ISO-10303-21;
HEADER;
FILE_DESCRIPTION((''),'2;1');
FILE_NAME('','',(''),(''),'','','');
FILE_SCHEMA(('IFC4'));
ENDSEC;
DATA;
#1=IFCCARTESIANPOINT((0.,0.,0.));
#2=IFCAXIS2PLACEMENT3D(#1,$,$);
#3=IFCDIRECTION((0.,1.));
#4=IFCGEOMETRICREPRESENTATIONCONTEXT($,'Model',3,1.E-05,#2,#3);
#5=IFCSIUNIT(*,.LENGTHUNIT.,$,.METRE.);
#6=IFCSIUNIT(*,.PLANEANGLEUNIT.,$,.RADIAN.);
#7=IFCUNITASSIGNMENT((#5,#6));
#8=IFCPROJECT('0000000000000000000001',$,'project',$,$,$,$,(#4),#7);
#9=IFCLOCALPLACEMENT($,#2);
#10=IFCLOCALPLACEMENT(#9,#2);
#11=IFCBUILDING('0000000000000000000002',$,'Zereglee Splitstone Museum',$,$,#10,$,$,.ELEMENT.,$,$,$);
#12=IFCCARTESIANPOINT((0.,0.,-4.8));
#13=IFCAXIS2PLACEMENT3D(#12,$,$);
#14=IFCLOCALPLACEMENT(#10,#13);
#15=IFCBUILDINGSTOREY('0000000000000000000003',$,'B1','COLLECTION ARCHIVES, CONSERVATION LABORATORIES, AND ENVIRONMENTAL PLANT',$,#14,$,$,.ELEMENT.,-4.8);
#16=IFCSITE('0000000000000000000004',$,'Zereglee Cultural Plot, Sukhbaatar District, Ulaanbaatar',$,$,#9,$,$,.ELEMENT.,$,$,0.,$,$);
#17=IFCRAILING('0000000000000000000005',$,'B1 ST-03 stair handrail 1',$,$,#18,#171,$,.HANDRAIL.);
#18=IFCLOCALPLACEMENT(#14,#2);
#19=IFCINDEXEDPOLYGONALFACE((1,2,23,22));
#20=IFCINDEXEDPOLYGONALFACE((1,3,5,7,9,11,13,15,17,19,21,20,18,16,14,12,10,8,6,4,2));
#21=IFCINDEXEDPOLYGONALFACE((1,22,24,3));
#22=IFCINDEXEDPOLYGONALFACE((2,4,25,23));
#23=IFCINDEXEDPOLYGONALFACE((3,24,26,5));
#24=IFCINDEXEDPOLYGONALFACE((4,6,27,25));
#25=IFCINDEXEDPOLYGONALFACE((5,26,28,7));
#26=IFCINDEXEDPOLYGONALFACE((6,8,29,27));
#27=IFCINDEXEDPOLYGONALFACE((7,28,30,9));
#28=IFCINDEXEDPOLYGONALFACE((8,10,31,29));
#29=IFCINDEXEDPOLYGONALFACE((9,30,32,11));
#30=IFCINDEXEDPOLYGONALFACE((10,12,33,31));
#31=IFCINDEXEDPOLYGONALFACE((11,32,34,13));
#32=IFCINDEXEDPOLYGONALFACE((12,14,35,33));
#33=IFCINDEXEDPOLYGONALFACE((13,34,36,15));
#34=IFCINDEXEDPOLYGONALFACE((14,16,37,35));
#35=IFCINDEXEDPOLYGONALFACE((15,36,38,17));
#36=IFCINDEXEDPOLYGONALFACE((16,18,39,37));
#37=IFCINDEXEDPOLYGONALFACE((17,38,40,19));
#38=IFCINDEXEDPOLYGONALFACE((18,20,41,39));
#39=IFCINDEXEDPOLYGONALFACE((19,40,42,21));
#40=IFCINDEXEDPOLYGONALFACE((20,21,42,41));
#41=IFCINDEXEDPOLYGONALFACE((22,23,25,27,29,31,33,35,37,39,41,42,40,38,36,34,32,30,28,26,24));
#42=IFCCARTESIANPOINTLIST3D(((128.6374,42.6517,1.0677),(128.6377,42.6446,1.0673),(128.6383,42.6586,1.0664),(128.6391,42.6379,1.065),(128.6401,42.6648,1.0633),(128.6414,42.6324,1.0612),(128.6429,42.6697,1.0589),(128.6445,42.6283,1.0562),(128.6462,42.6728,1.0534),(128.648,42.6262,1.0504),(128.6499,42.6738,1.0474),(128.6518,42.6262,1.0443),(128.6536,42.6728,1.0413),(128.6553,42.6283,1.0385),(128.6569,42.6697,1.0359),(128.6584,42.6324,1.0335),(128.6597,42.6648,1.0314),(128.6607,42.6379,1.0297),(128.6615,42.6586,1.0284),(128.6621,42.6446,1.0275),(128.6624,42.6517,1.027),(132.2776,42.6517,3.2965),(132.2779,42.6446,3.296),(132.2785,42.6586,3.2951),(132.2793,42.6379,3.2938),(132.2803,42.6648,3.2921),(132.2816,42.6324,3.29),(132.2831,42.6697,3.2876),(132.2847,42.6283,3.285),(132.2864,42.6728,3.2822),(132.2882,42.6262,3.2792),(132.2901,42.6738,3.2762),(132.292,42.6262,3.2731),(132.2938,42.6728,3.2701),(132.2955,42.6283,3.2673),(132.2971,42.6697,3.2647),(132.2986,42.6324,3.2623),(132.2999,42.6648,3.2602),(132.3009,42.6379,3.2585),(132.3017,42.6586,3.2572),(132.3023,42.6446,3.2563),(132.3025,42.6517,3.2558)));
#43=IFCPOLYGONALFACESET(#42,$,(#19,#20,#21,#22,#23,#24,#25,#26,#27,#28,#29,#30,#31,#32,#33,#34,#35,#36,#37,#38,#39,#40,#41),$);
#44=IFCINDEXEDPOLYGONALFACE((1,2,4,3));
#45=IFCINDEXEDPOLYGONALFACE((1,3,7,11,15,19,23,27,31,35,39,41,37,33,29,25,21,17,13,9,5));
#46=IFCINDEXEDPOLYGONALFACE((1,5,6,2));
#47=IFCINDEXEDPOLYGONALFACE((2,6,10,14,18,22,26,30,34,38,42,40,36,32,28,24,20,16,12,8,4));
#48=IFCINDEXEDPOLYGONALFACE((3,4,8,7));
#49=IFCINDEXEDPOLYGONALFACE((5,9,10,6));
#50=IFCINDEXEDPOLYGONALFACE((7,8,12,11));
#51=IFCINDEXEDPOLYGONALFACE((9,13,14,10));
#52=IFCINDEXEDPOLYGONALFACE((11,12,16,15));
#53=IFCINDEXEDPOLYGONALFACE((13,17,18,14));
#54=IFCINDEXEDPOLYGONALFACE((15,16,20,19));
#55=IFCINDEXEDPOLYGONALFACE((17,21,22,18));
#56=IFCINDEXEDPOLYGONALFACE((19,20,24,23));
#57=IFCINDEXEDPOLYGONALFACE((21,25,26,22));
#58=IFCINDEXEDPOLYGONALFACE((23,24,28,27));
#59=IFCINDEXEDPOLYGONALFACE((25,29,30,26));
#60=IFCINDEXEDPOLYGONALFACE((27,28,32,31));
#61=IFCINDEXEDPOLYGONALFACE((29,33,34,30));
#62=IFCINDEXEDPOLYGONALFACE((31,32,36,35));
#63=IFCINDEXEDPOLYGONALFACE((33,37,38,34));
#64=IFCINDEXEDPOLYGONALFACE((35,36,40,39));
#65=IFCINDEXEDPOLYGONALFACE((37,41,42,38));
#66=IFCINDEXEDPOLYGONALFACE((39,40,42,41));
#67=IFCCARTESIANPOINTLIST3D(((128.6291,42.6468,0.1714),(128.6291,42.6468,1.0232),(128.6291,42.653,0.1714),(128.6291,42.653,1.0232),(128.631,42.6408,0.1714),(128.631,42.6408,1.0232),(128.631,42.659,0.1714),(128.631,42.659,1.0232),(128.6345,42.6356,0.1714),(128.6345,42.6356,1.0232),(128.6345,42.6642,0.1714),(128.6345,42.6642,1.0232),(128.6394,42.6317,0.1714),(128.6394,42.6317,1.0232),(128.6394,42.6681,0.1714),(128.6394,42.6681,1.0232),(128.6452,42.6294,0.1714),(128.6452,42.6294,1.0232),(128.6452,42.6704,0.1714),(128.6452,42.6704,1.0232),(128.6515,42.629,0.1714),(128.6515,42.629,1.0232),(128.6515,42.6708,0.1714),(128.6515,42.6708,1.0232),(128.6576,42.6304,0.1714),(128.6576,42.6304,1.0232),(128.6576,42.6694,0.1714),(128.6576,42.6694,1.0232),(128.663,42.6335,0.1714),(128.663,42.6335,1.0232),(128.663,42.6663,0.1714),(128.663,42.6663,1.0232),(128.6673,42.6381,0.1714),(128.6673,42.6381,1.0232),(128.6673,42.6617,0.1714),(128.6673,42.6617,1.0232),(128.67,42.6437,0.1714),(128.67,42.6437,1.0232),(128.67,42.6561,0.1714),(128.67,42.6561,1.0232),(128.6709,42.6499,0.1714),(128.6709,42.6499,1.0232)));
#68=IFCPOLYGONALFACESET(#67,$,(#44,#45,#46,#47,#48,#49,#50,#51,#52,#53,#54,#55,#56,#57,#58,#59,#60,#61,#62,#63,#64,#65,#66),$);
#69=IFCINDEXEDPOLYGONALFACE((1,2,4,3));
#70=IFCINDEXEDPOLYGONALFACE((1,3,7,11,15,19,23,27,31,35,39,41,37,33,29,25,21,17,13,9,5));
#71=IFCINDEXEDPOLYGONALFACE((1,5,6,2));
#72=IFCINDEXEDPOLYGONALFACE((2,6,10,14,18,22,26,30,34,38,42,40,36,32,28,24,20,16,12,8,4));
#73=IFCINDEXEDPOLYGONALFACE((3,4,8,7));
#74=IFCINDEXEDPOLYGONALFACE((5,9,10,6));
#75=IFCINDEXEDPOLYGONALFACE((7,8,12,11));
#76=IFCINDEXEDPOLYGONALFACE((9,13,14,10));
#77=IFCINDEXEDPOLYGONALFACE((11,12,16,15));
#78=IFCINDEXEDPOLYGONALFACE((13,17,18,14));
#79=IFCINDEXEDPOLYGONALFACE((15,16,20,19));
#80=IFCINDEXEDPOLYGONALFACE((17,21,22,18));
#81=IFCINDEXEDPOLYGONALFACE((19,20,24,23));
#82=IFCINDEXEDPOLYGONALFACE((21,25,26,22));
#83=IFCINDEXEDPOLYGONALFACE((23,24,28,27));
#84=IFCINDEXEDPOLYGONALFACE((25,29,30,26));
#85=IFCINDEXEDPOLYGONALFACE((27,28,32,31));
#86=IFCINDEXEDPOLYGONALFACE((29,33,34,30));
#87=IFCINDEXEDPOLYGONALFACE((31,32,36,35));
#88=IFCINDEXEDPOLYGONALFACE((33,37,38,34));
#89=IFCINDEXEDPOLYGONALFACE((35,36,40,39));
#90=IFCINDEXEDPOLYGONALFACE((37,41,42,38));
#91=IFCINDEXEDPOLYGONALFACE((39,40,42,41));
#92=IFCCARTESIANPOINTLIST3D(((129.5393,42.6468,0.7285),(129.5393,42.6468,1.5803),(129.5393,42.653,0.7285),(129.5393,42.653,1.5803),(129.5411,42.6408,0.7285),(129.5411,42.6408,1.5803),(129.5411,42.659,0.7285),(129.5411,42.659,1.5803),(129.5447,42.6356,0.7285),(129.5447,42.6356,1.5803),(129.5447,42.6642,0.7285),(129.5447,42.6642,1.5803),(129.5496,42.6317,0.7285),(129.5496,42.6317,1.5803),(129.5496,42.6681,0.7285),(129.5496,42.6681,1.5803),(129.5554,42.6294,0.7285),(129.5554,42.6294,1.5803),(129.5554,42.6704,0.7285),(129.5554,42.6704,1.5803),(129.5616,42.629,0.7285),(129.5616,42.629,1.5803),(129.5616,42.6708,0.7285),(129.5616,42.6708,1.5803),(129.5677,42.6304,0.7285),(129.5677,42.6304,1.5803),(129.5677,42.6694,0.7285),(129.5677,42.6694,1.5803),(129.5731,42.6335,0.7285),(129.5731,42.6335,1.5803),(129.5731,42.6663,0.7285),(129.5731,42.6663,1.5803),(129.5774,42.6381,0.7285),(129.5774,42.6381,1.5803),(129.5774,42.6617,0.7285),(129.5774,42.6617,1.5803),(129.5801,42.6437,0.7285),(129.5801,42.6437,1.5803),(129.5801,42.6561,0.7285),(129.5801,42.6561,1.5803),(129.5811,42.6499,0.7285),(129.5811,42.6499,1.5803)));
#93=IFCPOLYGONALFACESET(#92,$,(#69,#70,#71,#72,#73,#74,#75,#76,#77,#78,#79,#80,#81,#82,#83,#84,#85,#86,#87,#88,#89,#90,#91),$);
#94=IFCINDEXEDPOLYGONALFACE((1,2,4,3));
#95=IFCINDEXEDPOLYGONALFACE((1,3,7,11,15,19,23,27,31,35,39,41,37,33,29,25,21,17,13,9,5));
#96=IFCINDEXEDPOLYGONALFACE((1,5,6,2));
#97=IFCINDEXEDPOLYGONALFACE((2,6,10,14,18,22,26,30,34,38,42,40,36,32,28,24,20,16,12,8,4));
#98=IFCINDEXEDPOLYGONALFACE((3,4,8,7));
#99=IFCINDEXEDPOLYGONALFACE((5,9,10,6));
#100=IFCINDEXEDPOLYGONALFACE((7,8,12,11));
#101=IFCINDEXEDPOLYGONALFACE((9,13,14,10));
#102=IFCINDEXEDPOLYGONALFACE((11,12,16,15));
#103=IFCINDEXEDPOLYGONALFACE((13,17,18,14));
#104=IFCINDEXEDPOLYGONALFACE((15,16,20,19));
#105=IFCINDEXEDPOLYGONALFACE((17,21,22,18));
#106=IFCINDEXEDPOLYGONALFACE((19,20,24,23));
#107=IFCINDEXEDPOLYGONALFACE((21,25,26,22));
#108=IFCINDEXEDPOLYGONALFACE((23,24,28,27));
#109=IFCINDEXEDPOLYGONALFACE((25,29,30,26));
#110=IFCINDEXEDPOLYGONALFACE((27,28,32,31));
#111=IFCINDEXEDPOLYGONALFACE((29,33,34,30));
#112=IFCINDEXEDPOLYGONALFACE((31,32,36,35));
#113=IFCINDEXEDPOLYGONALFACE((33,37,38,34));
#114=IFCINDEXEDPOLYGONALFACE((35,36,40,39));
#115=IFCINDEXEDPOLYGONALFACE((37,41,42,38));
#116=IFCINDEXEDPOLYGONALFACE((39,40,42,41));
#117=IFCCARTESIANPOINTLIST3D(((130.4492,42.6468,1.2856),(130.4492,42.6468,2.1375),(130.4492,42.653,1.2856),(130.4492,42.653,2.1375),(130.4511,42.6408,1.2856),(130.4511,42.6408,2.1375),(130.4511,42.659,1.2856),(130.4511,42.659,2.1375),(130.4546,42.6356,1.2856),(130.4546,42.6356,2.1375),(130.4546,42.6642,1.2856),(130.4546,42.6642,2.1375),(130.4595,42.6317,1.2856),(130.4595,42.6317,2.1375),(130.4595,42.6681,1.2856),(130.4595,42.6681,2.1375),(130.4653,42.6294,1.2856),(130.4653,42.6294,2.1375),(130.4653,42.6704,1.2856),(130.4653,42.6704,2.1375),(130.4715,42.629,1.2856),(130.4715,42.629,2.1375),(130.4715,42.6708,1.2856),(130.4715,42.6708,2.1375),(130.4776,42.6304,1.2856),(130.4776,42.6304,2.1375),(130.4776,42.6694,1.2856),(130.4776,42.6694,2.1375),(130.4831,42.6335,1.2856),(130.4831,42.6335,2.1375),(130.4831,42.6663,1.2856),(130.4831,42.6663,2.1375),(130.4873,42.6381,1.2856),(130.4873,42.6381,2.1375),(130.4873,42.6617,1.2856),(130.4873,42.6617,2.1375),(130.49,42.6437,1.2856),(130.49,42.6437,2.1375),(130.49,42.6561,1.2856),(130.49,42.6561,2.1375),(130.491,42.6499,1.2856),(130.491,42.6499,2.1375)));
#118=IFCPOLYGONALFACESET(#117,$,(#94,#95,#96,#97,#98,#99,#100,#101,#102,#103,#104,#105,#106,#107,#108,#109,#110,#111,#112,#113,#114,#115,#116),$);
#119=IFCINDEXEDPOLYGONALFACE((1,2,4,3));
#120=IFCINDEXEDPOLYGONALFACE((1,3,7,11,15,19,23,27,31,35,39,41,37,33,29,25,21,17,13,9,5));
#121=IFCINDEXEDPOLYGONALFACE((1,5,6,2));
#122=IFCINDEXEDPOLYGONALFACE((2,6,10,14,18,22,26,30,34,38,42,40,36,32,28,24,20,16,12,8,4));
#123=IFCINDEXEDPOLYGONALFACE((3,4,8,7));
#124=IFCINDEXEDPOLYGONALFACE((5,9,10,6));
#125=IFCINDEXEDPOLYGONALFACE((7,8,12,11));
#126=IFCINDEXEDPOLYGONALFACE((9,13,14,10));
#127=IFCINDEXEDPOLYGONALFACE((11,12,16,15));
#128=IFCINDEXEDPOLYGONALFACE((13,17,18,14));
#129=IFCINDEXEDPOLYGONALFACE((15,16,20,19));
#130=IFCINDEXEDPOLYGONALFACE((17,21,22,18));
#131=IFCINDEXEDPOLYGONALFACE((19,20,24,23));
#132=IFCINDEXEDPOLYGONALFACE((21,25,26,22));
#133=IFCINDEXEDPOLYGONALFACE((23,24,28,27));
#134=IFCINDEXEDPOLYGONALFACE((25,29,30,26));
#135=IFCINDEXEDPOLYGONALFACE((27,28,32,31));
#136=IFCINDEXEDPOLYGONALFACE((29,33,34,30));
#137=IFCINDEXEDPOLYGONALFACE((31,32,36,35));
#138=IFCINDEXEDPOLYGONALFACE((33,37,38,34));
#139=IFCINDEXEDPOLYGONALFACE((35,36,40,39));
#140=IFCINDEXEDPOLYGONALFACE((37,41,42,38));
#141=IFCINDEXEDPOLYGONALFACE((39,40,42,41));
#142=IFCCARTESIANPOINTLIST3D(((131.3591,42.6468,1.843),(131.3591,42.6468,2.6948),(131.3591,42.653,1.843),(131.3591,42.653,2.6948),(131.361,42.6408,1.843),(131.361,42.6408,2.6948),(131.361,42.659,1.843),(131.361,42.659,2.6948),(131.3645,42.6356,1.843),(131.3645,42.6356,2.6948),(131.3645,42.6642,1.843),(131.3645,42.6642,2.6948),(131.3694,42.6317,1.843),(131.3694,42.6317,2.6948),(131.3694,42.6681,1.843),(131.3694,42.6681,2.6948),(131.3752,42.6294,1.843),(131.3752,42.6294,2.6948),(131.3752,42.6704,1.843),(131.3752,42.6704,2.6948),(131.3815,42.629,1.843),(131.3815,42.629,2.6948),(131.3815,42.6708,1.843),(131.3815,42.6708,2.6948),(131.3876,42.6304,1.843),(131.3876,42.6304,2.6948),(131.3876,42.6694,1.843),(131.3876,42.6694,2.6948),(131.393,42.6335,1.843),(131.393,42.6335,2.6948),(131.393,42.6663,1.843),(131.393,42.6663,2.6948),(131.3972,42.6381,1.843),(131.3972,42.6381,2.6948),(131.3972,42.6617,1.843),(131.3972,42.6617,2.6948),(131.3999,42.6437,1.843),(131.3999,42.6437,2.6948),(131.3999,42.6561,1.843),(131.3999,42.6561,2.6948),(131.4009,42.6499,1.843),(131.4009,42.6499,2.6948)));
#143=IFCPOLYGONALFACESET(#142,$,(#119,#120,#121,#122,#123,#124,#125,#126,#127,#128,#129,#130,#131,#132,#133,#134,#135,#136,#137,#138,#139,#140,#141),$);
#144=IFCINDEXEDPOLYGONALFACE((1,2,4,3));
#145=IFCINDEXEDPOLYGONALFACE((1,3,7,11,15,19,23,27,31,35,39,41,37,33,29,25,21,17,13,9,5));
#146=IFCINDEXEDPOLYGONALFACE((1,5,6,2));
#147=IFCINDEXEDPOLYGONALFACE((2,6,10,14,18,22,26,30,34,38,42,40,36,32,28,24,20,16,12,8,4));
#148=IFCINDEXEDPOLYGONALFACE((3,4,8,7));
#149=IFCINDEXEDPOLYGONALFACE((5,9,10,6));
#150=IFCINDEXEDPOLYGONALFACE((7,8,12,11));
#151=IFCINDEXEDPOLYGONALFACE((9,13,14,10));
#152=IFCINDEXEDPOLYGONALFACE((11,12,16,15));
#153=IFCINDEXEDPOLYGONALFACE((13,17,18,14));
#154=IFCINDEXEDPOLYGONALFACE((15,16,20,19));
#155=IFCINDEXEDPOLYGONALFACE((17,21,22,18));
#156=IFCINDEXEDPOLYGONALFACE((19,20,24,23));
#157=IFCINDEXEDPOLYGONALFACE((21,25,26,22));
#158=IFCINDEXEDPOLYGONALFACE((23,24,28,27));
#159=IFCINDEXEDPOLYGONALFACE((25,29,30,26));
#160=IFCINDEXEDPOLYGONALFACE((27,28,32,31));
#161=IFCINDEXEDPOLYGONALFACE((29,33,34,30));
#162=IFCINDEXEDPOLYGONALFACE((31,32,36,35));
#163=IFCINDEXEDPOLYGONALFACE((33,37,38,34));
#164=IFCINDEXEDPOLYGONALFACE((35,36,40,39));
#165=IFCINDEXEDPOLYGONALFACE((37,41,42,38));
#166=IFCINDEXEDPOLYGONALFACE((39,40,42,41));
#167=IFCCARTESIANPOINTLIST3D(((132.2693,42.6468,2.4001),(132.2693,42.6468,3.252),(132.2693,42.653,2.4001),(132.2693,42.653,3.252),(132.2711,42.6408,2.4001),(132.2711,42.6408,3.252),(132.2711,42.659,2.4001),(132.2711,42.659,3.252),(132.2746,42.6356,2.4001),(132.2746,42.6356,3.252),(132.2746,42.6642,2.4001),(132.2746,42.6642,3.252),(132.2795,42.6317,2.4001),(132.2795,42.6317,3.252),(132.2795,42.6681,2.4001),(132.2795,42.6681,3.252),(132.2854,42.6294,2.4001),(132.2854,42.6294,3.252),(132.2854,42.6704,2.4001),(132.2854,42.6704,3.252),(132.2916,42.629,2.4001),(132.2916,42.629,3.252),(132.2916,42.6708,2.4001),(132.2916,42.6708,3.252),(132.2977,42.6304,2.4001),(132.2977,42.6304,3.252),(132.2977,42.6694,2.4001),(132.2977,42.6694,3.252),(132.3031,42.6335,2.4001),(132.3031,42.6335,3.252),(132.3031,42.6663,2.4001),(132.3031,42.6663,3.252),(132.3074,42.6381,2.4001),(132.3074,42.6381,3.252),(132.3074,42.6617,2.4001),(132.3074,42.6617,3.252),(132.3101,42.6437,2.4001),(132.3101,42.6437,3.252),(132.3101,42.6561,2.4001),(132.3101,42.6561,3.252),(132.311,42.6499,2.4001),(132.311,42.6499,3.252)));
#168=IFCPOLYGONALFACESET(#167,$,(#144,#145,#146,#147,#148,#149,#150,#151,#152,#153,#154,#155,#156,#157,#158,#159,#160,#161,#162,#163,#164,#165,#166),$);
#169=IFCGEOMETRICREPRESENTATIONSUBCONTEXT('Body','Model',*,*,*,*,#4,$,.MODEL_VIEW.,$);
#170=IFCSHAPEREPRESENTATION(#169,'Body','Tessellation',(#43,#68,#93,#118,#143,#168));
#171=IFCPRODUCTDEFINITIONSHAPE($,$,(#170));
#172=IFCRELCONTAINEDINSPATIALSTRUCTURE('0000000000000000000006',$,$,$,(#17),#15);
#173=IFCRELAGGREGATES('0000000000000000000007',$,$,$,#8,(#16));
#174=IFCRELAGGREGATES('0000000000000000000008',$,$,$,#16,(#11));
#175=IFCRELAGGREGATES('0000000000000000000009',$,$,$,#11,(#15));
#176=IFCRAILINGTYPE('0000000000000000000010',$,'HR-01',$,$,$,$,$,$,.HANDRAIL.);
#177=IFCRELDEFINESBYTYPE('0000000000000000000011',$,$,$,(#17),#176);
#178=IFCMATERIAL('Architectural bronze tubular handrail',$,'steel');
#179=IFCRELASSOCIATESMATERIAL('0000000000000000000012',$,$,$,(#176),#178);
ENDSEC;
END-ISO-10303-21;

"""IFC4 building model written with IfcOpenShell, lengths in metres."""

from ifc_helpers import new_model, si_unit, direction, frame, origin, origin_2d, place, context, subcontext, project, spatial, circle, extrude, material, type_object, element, save


model = new_model("IFC4")

# Units and contexts
model_context = context("Model", 3, precision=1e-05, world=origin(), true_north=direction((0.0, 1.0)))
body_context = subcontext(model_context, "Body", "Model", "MODEL_VIEW")
ifc_project = project(units=[si_unit("LENGTHUNIT", "METRE"), si_unit("PLANEANGLEUNIT", "RADIAN")], contexts=[model_context])

# Site, building, storey
site_placement = place(None, origin())
site = spatial("IfcSite", under=ifc_project, at=site_placement, Name="Zereglee Cultural Plot, Sukhbaatar District, Ulaanbaatar", CompositionType="ELEMENT", RefElevation=0.0)
building_placement = place(site_placement, origin())
building = spatial("IfcBuilding", under=site, at=building_placement, Name="Zereglee Splitstone Museum", CompositionType="ELEMENT")
storey_placement = place(building_placement, frame((0.0, 0.0, -4.8)))
storey = spatial("IfcBuildingStorey", under=building, at=storey_placement, Name="B1", Description="COLLECTION ARCHIVES, CONSERVATION LABORATORIES, AND ENVIRONMENTAL PLANT", CompositionType="ELEMENT", Elevation=-4.8)

# Railing
ifc_material_1 = material(Name="Architectural bronze tubular handrail", Category="steel")
railing_type = type_object("IfcRailingType", Name="HR-01", PredefinedType="HANDRAIL", material=ifc_material_1)
railing_placement = place(storey_placement, frame((128.6499, 42.6499, 0.1714)))
element("IfcRailing", 1, at=railing_placement, inside=storey, type_object=railing_type, Name="B1 ST-03 stair handrail 1", PredefinedType="HANDRAIL", context=body_context, shape_type="SweptSolid", body=[
    extrude(circle(Radius=0.0239, at=origin_2d()), frame((0.0, 0.0, 0.876), z_axis=(0.85284, 0.0, 0.522172), x_axis=(0.0, 1.0, 0.0)), (0.0, 0.0, 1.0), 4.2683),
    extrude(circle(Radius=0.021, at=origin_2d()), origin(), (0.0, 0.0, 1.0), 0.8518),
    extrude(circle(Radius=0.021, at=origin_2d()), frame((0.9102, 0.0, 0.5571)), (0.0, 0.0, 1.0), 0.8518),
    extrude(circle(Radius=0.021, at=origin_2d()), frame((1.8201, 0.0, 1.1143)), (0.0, 0.0, 1.0), 0.8518),
    extrude(circle(Radius=0.021, at=origin_2d()), frame((2.73, 0.0, 1.6716)), (0.0, 0.0, 1.0), 0.8518),
    extrude(circle(Radius=0.021, at=origin_2d()), frame((3.6401, 0.0, 2.2288)), (0.0, 0.0, 1.0), 0.8518),
])

save(model, "model.ifc")
